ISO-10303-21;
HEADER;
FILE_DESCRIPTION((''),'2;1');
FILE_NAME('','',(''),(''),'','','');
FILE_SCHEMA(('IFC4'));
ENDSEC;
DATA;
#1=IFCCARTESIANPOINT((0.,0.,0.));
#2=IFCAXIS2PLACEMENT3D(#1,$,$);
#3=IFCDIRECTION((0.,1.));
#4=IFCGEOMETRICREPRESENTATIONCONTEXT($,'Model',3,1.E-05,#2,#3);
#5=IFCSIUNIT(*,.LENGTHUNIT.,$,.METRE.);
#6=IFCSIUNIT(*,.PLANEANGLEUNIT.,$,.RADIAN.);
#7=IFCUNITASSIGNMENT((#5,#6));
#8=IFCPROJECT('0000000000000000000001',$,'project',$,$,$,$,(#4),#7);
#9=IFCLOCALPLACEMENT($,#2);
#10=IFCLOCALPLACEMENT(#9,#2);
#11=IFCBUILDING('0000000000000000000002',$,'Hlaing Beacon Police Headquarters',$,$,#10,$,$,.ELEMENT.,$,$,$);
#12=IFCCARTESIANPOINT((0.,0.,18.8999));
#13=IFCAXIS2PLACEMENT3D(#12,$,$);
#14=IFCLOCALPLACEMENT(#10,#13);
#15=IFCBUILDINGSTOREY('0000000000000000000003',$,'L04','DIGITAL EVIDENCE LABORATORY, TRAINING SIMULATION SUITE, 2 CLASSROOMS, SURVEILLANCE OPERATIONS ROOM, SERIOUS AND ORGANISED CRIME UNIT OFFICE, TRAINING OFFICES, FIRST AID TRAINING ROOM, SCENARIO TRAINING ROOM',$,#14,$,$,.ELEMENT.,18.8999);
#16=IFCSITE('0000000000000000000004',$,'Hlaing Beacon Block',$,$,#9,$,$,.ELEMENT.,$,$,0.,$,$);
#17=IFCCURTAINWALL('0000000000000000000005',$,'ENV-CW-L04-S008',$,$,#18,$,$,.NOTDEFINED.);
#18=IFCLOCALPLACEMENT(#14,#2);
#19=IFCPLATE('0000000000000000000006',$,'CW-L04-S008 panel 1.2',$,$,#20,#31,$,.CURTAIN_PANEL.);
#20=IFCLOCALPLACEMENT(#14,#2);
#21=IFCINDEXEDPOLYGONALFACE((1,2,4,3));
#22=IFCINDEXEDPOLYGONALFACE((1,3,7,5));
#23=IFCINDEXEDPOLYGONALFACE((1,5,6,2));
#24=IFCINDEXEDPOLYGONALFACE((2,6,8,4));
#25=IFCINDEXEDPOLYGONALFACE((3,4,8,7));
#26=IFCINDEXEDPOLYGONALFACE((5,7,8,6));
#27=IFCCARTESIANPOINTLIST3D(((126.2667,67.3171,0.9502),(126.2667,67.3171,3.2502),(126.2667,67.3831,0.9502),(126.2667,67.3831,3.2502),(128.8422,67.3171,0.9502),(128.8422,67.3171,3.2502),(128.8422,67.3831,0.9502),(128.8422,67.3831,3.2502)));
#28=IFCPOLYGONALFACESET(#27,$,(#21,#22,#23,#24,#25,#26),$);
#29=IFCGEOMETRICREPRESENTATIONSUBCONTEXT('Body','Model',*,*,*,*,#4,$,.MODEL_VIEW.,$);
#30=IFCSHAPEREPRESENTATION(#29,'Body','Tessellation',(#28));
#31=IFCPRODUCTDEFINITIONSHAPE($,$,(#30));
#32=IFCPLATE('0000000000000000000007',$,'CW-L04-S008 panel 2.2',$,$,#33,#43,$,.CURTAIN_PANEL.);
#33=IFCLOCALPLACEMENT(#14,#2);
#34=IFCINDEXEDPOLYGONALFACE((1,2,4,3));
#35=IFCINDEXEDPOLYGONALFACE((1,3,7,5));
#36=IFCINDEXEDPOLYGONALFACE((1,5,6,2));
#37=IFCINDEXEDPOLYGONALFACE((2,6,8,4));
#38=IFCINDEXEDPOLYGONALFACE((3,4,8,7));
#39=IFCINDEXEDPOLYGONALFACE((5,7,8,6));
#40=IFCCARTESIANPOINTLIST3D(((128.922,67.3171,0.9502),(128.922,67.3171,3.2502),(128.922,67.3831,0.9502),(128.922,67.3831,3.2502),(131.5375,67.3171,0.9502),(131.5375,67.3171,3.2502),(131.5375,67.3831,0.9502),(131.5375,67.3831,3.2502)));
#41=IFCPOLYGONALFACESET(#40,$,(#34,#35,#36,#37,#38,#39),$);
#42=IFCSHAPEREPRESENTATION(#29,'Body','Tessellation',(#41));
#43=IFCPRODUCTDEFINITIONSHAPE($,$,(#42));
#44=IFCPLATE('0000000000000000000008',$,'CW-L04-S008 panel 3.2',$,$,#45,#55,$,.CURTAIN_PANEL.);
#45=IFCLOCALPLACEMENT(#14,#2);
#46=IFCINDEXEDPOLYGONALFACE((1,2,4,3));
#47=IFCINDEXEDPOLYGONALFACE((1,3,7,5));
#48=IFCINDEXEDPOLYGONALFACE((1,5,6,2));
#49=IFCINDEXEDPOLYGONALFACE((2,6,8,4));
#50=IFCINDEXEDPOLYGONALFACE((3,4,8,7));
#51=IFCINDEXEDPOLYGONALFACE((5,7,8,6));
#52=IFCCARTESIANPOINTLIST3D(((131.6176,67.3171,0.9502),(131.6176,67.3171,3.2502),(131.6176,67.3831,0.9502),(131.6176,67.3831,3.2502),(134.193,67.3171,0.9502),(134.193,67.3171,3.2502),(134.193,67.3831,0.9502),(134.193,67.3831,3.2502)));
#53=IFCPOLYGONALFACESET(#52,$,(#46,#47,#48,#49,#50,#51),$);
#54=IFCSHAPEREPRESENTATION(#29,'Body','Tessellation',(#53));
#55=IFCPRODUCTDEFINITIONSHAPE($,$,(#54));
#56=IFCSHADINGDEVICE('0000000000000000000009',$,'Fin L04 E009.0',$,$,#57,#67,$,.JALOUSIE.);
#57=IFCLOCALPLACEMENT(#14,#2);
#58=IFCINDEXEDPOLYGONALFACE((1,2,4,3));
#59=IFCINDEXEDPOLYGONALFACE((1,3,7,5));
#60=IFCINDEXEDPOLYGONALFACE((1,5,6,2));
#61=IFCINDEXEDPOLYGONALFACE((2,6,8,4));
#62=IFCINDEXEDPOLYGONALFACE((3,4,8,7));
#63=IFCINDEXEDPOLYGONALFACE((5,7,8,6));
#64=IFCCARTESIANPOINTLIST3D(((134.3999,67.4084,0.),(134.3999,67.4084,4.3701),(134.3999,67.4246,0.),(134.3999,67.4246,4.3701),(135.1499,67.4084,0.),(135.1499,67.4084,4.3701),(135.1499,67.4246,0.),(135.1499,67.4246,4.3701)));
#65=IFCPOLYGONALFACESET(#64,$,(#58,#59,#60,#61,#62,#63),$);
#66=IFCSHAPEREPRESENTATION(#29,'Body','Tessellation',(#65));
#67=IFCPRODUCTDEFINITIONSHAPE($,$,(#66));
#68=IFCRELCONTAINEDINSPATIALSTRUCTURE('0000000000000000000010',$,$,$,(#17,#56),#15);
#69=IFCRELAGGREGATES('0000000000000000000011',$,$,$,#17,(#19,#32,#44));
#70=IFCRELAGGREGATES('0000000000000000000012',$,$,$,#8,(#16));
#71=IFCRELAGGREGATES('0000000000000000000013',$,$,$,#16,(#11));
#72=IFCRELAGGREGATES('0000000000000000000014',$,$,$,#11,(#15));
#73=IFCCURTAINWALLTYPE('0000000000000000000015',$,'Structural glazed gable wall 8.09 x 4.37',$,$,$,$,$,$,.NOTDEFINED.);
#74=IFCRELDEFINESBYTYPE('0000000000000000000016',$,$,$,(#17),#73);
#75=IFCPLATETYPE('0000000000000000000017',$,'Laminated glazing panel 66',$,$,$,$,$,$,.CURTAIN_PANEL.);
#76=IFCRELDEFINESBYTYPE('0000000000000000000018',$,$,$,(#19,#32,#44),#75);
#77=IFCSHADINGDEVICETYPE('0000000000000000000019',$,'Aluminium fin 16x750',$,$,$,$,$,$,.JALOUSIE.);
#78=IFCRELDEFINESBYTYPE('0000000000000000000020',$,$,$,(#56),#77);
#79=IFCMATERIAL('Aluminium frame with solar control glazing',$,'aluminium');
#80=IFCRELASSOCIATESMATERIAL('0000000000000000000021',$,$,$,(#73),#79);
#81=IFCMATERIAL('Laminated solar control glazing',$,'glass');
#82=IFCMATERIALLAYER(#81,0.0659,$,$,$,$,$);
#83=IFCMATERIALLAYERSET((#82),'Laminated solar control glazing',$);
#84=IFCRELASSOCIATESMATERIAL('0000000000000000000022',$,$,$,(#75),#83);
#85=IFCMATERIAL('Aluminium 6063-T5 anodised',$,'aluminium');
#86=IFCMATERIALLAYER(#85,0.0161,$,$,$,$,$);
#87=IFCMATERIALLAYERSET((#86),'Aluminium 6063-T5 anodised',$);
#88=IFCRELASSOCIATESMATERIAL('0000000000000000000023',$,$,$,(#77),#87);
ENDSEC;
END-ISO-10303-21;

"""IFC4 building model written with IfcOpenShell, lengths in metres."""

from ifc_helpers import new_model, si_unit, direction, frame, origin, origin_2d, place, context, subcontext, project, spatial, rectangle, extrude, material, layer, layer_set, type_object, element, aggregate, save


model = new_model("IFC4")

# Units and contexts
model_context = context("Model", 3, precision=1e-05, world=origin(), true_north=direction((0.0, 1.0)))
body_context = subcontext(model_context, "Body", "Model", "MODEL_VIEW")
ifc_project = project(units=[si_unit("LENGTHUNIT", "METRE"), si_unit("PLANEANGLEUNIT", "RADIAN")], contexts=[model_context])

# Site, building, storey
site_placement = place(None, origin())
site = spatial("IfcSite", under=ifc_project, at=site_placement, Name="Hlaing Beacon Block", CompositionType="ELEMENT", RefElevation=0.0)
building_placement = place(site_placement, origin())
building = spatial("IfcBuilding", under=site, at=building_placement, Name="Hlaing Beacon Police Headquarters", CompositionType="ELEMENT")
storey_placement = place(building_placement, frame((0.0, 0.0, 18.8999)))
storey = spatial("IfcBuildingStorey", under=building, at=storey_placement, Name="L04", Description="DIGITAL EVIDENCE LABORATORY, TRAINING SIMULATION SUITE, 2 CLASSROOMS, SURVEILLANCE OPERATIONS ROOM, SERIOUS AND ORGANISED CRIME UNIT OFFICE, TRAINING OFFICES, FIRST AID TRAINING ROOM, SCENARIO TRAINING ROOM", CompositionType="ELEMENT", Elevation=18.8999)

# Curtain wall
ifc_material_1 = material(Name="Aluminium frame with solar control glazing", Category="aluminium")
curtain_wall_type_1 = type_object("IfcCurtainWallType", Name="Structural glazed gable wall 8.09 x 4.37", PredefinedType="NOTDEFINED", material=ifc_material_1)
curtain_wall_1_placement = place(storey_placement, origin())
curtain_wall_1 = element("IfcCurtainWall", 1, at=curtain_wall_1_placement, inside=storey, type_object=curtain_wall_type_1, Name="ENV-CW-L04-S008", PredefinedType="NOTDEFINED")

# Plates
ifc_material_2 = material(Name="Laminated solar control glazing", Category="glass")
ifc_layer_1 = layer(ifc_material_2, 0.0659)
ifc_layer_set_1 = layer_set([ifc_layer_1], Name="Laminated solar control glazing")
plate_type_1 = type_object("IfcPlateType", Name="Laminated glazing panel 66", PredefinedType="CURTAIN_PANEL", material=ifc_layer_set_1)
plate_1_placement = place(storey_placement, frame((127.5544, 67.3501, 0.9502), z_axis=(0.0, 0.0, 1.0), x_axis=(1.0, 0.0, 0.0)))
plate_1 = element("IfcPlate", 2, at=plate_1_placement, type_object=plate_type_1, Name="CW-L04-S008 panel 1.2", PredefinedType="CURTAIN_PANEL", context=body_context, shape_type="SweptSolid", body=[
    extrude(rectangle(XDim=2.5754, YDim=0.0659, at=origin_2d()), origin(), (0.0, 0.0, 1.0), 2.3),
])
plate_2_placement = place(storey_placement, frame((130.2297, 67.3501, 0.9502), z_axis=(0.0, 0.0, 1.0), x_axis=(1.0, 0.0, 0.0)))
plate_2 = element("IfcPlate", 3, at=plate_2_placement, type_object=plate_type_1, Name="CW-L04-S008 panel 2.2", PredefinedType="CURTAIN_PANEL", context=body_context, shape_type="SweptSolid", body=[
    extrude(rectangle(XDim=2.6155, YDim=0.0659, at=origin_2d()), origin(), (0.0, 0.0, 1.0), 2.3),
])
plate_3_placement = place(storey_placement, frame((132.9053, 67.3501, 0.9502), z_axis=(0.0, 0.0, 1.0), x_axis=(1.0, 0.0, 0.0)))
plate_3 = element("IfcPlate", 4, at=plate_3_placement, type_object=plate_type_1, Name="CW-L04-S008 panel 3.2", PredefinedType="CURTAIN_PANEL", context=body_context, shape_type="SweptSolid", body=[
    extrude(rectangle(XDim=2.5754, YDim=0.0659, at=origin_2d()), origin(), (0.0, 0.0, 1.0), 2.3),
])
aggregate(curtain_wall_1, [plate_1, plate_2, plate_3])

# Shading device
ifc_material_3 = material(Name="Aluminium 6063-T5 anodised", Category="aluminium")
ifc_layer_2 = layer(ifc_material_3, 0.0161)
ifc_layer_set_2 = layer_set([ifc_layer_2], Name="Aluminium 6063-T5 anodised")
shading_device_type = type_object("IfcShadingDeviceType", Name="Aluminium fin 16x750", PredefinedType="JALOUSIE", material=ifc_layer_set_2)
shading_device_placement = place(storey_placement, frame((134.7749, 67.4165, 0.0), z_axis=(0.0, 0.0, 1.0), x_axis=(0.0, 1.0, 0.0)))
element("IfcShadingDevice", 5, at=shading_device_placement, inside=storey, type_object=shading_device_type, Name="Fin L04 E009.0", PredefinedType="JALOUSIE", context=body_context, shape_type="SweptSolid", body=[
    extrude(rectangle(XDim=0.0161, YDim=0.75, at=origin_2d()), origin(), (0.0, 0.0, 1.0), 4.3701),
])

save(model, "model.ifc")
